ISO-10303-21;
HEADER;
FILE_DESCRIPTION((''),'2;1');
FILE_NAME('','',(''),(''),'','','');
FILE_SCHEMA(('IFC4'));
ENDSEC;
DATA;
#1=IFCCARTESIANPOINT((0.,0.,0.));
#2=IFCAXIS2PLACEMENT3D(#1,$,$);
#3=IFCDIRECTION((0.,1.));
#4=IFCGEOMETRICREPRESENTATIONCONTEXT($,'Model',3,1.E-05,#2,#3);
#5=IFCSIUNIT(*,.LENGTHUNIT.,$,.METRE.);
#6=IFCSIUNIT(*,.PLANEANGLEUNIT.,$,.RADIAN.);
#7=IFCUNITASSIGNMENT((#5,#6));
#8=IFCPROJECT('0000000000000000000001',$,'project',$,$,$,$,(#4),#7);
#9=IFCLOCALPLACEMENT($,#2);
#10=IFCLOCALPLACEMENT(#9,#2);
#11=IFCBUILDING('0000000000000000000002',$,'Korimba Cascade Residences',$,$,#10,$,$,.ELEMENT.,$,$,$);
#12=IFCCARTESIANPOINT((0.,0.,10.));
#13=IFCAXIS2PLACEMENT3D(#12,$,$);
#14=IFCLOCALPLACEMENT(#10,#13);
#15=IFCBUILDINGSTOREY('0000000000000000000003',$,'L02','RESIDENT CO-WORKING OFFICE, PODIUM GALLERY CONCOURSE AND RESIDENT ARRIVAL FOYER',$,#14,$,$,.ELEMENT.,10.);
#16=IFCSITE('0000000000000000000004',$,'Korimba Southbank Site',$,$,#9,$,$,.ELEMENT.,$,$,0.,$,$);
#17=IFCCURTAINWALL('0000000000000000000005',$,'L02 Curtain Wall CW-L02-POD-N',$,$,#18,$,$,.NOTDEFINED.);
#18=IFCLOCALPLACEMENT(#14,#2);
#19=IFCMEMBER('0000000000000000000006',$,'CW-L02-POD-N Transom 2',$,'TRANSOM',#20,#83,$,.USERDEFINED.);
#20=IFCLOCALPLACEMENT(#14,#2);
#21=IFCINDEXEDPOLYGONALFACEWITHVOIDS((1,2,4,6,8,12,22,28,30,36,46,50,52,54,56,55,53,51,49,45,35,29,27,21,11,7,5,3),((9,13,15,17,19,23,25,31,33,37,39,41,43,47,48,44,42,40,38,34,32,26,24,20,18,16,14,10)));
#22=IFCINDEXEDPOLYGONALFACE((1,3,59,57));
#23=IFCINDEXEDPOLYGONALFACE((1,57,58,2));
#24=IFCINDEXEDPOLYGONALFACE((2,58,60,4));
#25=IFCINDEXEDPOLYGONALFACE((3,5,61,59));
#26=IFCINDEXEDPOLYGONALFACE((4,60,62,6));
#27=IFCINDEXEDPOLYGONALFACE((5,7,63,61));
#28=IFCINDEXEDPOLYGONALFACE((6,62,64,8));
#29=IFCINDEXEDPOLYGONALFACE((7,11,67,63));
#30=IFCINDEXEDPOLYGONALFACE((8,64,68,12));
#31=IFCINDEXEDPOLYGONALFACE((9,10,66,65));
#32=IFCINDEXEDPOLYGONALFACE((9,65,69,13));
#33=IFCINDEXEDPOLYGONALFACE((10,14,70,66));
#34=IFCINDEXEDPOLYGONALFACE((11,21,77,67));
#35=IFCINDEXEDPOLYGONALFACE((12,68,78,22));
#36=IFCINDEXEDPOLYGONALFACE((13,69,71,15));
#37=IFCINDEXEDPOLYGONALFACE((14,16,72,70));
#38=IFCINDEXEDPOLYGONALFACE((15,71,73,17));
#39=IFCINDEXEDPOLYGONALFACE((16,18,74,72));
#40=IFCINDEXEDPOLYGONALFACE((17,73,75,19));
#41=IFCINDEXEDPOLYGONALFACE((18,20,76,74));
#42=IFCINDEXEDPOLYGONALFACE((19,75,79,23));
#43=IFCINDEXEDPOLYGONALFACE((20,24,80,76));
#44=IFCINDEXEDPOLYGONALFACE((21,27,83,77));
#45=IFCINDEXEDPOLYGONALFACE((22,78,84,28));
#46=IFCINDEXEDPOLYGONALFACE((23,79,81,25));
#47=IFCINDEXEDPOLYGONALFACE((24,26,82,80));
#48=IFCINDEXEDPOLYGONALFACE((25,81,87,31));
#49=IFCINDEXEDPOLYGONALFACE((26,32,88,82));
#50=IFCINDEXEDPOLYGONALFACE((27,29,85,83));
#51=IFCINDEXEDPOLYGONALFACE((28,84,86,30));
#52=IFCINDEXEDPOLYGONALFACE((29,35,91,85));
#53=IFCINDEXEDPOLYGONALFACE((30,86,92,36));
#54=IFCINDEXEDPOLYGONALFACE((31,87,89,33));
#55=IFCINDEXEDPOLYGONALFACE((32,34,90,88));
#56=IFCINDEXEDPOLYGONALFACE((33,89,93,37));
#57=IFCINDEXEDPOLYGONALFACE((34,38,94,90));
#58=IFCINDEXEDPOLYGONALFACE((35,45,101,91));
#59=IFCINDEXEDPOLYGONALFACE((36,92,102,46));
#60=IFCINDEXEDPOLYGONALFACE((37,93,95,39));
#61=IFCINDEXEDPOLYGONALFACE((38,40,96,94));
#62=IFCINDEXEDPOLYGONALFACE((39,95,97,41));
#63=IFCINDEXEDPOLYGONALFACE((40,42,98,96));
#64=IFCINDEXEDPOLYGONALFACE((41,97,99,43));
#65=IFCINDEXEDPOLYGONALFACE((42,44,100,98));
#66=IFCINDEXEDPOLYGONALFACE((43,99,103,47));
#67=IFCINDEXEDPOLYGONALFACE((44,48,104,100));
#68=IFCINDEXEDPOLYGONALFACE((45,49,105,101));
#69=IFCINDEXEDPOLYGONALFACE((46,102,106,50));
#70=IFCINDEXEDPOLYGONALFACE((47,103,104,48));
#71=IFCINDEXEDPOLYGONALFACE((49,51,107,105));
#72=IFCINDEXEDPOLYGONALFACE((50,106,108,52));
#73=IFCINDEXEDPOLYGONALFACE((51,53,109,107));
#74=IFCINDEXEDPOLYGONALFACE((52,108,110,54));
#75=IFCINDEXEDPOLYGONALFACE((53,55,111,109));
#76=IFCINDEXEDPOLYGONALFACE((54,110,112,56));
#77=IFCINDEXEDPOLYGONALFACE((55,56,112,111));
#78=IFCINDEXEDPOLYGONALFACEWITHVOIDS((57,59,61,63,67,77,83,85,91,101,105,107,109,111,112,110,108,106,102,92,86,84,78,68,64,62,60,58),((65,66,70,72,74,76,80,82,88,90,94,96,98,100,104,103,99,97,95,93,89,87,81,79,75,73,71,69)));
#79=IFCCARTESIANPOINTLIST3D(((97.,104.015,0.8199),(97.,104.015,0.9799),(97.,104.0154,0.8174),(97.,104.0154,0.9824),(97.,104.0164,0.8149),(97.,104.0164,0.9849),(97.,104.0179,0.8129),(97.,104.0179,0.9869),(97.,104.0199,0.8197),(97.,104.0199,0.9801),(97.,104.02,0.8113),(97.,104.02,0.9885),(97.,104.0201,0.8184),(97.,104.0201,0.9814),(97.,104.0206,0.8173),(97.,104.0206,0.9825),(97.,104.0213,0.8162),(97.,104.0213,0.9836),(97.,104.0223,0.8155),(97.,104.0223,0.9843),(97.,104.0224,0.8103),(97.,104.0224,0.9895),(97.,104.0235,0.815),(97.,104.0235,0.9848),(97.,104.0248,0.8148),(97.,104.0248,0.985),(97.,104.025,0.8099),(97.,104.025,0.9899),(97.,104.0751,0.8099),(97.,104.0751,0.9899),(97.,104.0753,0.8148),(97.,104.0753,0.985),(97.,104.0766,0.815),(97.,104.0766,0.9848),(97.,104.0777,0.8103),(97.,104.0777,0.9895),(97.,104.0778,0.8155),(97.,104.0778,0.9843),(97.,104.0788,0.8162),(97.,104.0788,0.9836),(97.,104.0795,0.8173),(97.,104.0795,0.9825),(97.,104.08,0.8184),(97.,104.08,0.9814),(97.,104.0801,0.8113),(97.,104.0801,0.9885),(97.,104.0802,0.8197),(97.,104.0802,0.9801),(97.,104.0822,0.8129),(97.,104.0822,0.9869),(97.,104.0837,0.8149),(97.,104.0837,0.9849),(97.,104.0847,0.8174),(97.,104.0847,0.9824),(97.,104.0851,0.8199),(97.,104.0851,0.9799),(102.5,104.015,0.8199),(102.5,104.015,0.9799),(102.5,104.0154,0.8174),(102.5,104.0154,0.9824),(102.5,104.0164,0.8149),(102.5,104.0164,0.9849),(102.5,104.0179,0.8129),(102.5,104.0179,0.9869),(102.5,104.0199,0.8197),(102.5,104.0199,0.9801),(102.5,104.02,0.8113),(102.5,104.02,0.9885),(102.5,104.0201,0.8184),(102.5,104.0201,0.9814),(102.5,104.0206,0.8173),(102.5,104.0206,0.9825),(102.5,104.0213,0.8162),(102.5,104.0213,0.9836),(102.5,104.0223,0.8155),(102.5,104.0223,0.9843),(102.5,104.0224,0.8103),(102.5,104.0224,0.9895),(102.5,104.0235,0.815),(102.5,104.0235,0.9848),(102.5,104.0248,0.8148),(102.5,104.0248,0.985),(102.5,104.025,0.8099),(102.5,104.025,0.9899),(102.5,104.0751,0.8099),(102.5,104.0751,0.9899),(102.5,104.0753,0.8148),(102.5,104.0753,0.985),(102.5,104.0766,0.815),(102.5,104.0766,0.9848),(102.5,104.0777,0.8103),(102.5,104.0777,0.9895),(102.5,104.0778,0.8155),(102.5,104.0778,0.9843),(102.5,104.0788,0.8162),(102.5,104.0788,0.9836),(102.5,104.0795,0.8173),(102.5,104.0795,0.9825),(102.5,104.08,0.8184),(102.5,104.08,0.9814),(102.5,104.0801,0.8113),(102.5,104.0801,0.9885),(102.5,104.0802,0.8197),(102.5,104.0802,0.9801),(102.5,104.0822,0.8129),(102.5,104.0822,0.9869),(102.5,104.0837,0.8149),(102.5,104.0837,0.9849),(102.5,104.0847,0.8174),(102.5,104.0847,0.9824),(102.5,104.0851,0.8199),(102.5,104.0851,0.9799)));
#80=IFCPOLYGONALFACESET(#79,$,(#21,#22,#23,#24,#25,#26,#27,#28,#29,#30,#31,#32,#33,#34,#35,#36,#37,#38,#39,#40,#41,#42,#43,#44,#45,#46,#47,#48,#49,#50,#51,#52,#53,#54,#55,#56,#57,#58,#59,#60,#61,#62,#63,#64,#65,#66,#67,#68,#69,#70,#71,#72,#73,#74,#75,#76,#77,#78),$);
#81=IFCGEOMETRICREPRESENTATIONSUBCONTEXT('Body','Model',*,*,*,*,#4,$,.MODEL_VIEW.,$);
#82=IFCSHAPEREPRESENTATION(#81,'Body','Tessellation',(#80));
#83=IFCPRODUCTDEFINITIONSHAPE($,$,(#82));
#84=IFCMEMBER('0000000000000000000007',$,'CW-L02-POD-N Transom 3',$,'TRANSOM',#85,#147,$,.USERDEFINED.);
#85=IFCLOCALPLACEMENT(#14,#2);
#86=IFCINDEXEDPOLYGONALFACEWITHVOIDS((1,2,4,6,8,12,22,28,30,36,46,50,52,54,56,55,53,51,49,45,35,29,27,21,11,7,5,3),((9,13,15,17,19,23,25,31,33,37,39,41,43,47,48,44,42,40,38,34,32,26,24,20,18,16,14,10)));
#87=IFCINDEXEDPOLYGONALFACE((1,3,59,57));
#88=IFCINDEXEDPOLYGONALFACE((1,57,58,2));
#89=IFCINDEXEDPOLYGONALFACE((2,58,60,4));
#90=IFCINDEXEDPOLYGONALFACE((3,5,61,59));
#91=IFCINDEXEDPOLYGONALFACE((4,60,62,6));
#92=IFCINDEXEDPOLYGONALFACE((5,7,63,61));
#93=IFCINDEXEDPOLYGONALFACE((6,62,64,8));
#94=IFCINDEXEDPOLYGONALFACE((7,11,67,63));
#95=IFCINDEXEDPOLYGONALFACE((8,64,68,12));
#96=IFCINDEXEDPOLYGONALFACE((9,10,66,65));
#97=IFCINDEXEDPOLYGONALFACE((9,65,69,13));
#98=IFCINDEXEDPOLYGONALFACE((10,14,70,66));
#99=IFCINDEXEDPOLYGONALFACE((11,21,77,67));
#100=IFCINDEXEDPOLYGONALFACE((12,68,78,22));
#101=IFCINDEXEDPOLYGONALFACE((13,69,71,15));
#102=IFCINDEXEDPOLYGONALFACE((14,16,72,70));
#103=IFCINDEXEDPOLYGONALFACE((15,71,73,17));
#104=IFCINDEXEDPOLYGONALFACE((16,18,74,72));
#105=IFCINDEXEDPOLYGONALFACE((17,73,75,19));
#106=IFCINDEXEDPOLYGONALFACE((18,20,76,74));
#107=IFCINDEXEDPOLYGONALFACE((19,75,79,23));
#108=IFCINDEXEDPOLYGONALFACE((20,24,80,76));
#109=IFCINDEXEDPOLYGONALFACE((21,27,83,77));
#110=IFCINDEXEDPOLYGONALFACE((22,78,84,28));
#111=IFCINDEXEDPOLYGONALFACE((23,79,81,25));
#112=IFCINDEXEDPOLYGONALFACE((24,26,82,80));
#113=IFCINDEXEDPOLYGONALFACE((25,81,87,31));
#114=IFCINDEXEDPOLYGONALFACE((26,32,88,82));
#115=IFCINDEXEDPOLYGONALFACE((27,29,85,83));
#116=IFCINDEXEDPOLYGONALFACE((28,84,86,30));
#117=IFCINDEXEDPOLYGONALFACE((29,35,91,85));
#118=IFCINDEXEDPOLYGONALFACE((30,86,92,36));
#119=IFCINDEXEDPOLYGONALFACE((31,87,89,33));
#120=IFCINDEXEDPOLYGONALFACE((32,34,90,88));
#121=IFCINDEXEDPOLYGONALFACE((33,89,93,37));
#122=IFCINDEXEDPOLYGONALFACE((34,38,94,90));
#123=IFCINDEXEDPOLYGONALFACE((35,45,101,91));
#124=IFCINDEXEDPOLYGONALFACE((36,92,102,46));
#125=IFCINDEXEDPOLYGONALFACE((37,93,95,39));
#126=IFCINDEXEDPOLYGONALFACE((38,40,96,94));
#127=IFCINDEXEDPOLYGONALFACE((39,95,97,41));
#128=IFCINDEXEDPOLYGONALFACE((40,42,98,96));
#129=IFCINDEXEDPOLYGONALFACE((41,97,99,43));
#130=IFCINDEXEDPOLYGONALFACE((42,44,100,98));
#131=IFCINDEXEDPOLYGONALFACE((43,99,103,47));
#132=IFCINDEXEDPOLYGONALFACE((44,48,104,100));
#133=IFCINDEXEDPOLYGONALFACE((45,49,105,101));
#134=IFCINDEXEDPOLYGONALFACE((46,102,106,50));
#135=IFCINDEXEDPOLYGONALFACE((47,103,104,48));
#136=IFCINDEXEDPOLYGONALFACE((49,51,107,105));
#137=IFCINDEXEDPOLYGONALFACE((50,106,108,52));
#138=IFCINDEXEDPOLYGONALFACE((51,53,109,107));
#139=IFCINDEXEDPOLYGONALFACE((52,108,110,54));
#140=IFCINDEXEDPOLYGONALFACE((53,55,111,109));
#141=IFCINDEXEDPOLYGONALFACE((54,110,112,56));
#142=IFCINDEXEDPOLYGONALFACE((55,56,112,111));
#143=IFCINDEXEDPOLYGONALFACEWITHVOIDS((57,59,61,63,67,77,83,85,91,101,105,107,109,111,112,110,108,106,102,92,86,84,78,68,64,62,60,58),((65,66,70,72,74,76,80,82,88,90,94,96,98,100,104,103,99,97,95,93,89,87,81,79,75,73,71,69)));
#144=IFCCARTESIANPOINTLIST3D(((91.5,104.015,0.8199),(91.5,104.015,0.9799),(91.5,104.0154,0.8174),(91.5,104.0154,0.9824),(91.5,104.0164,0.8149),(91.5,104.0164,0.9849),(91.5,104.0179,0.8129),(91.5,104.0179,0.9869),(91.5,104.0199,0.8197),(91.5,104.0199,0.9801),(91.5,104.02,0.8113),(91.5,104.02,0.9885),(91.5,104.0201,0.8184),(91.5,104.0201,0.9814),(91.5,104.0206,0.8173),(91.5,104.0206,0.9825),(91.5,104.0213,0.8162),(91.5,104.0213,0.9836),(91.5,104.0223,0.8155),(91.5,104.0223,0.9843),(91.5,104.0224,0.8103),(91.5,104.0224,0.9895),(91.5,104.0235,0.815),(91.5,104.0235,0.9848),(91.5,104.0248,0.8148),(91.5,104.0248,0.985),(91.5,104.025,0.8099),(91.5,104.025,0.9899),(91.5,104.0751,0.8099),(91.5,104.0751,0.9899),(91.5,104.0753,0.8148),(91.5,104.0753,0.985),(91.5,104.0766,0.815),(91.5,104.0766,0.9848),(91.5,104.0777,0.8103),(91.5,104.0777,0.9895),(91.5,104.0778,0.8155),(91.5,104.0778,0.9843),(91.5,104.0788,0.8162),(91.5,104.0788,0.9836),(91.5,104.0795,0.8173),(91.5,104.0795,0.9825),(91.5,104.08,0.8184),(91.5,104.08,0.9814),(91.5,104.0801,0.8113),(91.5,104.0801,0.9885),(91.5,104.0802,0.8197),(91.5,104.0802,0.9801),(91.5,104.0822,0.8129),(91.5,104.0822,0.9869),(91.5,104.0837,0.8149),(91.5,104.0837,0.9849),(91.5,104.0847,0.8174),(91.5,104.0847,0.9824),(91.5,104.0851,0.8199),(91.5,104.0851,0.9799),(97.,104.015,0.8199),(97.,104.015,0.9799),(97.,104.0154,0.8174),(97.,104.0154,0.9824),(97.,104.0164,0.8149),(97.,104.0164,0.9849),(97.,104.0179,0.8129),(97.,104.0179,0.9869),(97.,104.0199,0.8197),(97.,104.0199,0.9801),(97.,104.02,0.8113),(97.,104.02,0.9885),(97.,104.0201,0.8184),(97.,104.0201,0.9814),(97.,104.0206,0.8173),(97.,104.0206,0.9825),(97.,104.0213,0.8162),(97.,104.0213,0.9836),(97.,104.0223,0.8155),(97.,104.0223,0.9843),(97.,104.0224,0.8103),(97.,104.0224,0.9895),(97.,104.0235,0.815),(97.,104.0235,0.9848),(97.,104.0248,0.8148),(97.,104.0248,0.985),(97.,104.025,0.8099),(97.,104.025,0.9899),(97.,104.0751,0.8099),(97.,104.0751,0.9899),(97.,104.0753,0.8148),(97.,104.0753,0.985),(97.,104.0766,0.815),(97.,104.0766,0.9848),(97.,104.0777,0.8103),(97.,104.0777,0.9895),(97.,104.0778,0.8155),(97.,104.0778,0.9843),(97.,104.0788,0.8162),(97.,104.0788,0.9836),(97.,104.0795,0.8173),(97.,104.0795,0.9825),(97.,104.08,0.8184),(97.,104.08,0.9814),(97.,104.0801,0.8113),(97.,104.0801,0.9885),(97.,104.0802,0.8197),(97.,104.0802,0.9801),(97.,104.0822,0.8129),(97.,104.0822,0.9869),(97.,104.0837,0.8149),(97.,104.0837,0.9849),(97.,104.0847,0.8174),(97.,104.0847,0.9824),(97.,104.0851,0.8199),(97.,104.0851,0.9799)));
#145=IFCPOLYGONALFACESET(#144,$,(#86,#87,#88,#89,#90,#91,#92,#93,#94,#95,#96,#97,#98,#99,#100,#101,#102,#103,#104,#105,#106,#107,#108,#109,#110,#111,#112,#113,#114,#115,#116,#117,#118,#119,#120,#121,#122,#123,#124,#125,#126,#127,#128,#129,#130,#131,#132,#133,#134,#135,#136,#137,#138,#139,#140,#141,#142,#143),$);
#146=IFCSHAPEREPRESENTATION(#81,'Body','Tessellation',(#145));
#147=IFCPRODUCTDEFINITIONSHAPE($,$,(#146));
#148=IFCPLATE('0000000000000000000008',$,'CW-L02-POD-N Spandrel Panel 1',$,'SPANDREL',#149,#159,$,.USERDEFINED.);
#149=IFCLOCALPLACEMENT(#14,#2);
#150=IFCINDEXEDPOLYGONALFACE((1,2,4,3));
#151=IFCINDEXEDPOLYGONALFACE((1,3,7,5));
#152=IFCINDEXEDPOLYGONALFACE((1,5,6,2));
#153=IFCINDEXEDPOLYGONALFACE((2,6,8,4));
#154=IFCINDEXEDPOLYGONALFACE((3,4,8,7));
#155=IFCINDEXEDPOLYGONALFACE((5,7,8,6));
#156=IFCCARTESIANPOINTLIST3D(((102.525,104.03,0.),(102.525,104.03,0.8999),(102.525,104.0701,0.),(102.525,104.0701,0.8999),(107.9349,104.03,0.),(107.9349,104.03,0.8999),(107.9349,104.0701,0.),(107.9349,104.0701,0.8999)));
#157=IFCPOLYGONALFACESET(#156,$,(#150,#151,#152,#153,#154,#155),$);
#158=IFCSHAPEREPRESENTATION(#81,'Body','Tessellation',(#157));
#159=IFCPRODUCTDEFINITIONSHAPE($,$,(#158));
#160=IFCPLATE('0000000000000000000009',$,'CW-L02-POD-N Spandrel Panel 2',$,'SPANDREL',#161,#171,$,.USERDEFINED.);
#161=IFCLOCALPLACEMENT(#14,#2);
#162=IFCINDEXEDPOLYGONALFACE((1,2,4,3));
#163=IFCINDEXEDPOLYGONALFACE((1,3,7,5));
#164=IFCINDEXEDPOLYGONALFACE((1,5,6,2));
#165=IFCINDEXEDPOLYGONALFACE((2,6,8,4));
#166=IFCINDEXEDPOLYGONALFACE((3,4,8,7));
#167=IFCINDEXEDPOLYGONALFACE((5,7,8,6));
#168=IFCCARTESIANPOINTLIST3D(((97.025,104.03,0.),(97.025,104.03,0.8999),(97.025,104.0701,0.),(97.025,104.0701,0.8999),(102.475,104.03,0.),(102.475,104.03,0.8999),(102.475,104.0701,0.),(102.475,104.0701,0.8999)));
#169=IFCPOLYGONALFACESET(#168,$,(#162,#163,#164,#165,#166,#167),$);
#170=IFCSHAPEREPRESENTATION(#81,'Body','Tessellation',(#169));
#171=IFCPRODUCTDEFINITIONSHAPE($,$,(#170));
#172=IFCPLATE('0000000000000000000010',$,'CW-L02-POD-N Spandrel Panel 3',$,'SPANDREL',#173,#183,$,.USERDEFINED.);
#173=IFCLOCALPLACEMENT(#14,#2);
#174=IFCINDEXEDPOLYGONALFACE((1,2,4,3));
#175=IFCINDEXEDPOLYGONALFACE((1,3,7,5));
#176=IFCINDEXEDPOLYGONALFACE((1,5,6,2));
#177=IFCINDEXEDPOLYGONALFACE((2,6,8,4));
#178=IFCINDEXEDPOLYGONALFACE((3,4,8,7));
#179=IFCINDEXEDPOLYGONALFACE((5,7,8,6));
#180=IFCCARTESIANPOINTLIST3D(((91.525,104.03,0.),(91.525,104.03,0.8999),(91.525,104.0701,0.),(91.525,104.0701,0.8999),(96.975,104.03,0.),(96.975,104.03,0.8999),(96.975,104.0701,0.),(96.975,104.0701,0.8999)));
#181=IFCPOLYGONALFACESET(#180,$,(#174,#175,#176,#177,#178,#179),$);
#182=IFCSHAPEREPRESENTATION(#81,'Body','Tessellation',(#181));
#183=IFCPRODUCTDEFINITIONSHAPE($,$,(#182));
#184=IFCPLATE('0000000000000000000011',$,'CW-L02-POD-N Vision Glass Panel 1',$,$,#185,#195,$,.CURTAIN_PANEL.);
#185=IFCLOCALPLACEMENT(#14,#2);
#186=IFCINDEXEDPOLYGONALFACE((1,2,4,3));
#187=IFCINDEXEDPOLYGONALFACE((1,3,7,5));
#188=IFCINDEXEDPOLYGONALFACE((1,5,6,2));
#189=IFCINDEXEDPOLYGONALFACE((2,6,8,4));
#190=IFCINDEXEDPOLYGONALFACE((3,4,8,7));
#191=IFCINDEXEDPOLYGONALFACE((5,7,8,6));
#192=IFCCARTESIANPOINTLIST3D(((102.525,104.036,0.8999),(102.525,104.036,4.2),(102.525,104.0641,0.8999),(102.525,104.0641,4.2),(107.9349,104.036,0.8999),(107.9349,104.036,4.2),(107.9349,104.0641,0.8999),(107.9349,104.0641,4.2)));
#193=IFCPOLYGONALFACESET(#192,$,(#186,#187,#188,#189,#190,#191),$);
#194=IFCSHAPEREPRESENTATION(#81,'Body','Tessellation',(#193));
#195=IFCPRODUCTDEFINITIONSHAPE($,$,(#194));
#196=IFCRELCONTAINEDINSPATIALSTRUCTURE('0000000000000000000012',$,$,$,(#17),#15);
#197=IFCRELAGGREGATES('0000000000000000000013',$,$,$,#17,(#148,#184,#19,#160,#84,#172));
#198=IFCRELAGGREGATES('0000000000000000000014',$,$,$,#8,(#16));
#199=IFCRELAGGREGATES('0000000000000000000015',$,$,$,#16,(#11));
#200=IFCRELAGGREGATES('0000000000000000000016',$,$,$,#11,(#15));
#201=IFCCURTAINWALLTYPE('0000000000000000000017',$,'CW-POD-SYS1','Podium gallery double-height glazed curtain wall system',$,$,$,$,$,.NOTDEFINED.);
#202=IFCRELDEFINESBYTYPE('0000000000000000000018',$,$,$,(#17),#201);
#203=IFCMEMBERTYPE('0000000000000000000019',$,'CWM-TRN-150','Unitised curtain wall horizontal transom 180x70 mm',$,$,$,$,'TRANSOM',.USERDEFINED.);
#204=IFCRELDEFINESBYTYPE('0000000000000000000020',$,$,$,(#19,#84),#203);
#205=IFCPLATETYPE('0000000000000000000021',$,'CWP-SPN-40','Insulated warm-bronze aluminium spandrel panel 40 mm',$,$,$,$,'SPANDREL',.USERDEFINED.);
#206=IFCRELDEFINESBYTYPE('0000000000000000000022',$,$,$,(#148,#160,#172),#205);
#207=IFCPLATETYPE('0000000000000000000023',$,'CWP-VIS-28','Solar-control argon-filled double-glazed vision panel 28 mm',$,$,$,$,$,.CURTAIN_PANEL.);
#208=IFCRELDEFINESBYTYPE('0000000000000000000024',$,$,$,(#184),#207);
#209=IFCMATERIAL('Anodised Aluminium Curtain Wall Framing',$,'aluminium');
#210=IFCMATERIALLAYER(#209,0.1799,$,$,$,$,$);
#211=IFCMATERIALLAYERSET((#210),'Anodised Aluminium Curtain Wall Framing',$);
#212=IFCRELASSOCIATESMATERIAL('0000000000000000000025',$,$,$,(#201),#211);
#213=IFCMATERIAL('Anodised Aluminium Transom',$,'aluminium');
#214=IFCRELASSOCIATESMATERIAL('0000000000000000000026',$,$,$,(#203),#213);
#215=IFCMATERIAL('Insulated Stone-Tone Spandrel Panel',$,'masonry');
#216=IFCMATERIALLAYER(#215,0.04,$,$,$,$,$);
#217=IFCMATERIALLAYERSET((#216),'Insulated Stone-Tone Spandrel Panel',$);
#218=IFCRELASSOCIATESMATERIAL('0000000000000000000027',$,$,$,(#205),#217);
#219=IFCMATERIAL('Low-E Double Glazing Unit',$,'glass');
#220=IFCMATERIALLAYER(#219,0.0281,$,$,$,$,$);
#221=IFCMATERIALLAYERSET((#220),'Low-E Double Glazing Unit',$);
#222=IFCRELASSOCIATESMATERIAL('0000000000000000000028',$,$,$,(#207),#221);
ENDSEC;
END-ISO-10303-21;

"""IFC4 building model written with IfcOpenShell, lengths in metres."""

from ifc_helpers import new_model, si_unit, direction, frame, origin, origin_2d, place, context, subcontext, project, spatial, rectangle, hollow_rectangle, extrude, material, layer, layer_set, material_profile, profile_set, type_object, element, aggregate, save


model = new_model("IFC4")

# Units and contexts
model_context = context("Model", 3, precision=1e-05, world=origin(), true_north=direction((0.0, 1.0)))
body_context = subcontext(model_context, "Body", "Model", "MODEL_VIEW")
ifc_project = project(units=[si_unit("LENGTHUNIT", "METRE"), si_unit("PLANEANGLEUNIT", "RADIAN")], contexts=[model_context])

# Site, building, storey
site_placement = place(None, origin())
site = spatial("IfcSite", under=ifc_project, at=site_placement, Name="Korimba Southbank Site", CompositionType="ELEMENT", RefElevation=0.0)
building_placement = place(site_placement, origin())
building = spatial("IfcBuilding", under=site, at=building_placement, Name="Korimba Cascade Residences", CompositionType="ELEMENT")
storey_placement = place(building_placement, frame((0.0, 0.0, 10.0)))
storey = spatial("IfcBuildingStorey", under=building, at=storey_placement, Name="L02", Description="RESIDENT CO-WORKING OFFICE, PODIUM GALLERY CONCOURSE AND RESIDENT ARRIVAL FOYER", CompositionType="ELEMENT", Elevation=10.0)

# Curtain wall, members, plates
ifc_material_1 = material(Name="Anodised Aluminium Curtain Wall Framing", Category="aluminium")
ifc_layer_1 = layer(ifc_material_1, 0.1799)
ifc_layer_set_1 = layer_set([ifc_layer_1], Name="Anodised Aluminium Curtain Wall Framing")
curtain_wall_type = type_object("IfcCurtainWallType", Name="CW-POD-SYS1", Description="Podium gallery double-height glazed curtain wall system", PredefinedType="NOTDEFINED", material=ifc_layer_set_1)
curtain_wall_placement = place(storey_placement, origin())
curtain_wall = element("IfcCurtainWall", 1, at=curtain_wall_placement, inside=storey, type_object=curtain_wall_type, Name="L02 Curtain Wall CW-L02-POD-N", PredefinedType="NOTDEFINED")
ifc_material_2 = material(Name="Anodised Aluminium Transom", Category="aluminium")
ifc_material_profile_1 = material_profile(ifc_material_2, hollow_rectangle(XDim=0.0701, YDim=0.1799, WallThickness=0.0049, InnerFilletRadius=0.0049, OuterFilletRadius=0.01, at=origin_2d()), Name="Anodised Aluminium Transom")
ifc_profile_set_1 = profile_set([ifc_material_profile_1], Name="Anodised Aluminium Transom")
member_type_1 = type_object("IfcMemberType", Name="CWM-TRN-150", Description="Unitised curtain wall horizontal transom 180x70 mm", ElementType="TRANSOM", PredefinedType="USERDEFINED", material=ifc_profile_set_1)
member_1_placement = place(storey_placement, frame((102.5, 104.05, 0.8999), z_axis=(-1.0, 0.0, 0.0), x_axis=(0.0, -1.0, 0.0)))
member_1 = element("IfcMember", 2, at=member_1_placement, type_object=member_type_1, Name="CW-L02-POD-N Transom 2", ObjectType="TRANSOM", PredefinedType="USERDEFINED", context=body_context, shape_type="SweptSolid", body=[
    extrude(hollow_rectangle(XDim=0.0701, YDim=0.1799, WallThickness=0.0049, InnerFilletRadius=0.0049, OuterFilletRadius=0.01, at=origin_2d()), origin(), (0.0, 0.0, 1.0), 5.5),
])
member_2_placement = place(storey_placement, frame((97.0, 104.05, 0.8999), z_axis=(-1.0, 0.0, 0.0), x_axis=(0.0, -1.0, 0.0)))
member_2 = element("IfcMember", 3, at=member_2_placement, type_object=member_type_1, Name="CW-L02-POD-N Transom 3", ObjectType="TRANSOM", PredefinedType="USERDEFINED", context=body_context, shape_type="SweptSolid", body=[
    extrude(hollow_rectangle(XDim=0.0701, YDim=0.1799, WallThickness=0.0049, InnerFilletRadius=0.0049, OuterFilletRadius=0.01, at=origin_2d()), origin(), (0.0, 0.0, 1.0), 5.5),
])
ifc_material_3 = material(Name="Insulated Stone-Tone Spandrel Panel", Category="masonry")
ifc_layer_2 = layer(ifc_material_3, 0.04)
ifc_layer_set_2 = layer_set([ifc_layer_2], Name="Insulated Stone-Tone Spandrel Panel")
plate_type_1 = type_object("IfcPlateType", Name="CWP-SPN-40", Description="Insulated warm-bronze aluminium spandrel panel 40 mm", ElementType="SPANDREL", PredefinedType="USERDEFINED", material=ifc_layer_set_2)
plate_1_placement = place(storey_placement, frame((105.23, 104.05, 0.0), z_axis=(0.0, 0.0, 1.0), x_axis=(-1.0, 0.0, 0.0)))
plate_1 = element("IfcPlate", 4, at=plate_1_placement, type_object=plate_type_1, Name="CW-L02-POD-N Spandrel Panel 1", ObjectType="SPANDREL", PredefinedType="USERDEFINED", context=body_context, shape_type="SweptSolid", body=[
    extrude(rectangle(XDim=5.4099, YDim=0.04, at=origin_2d()), origin(), (0.0, 0.0, 1.0), 0.8999),
])
plate_2_placement = place(storey_placement, frame((99.75, 104.05, 0.0), z_axis=(0.0, 0.0, 1.0), x_axis=(-1.0, 0.0, 0.0)))
plate_2 = element("IfcPlate", 5, at=plate_2_placement, type_object=plate_type_1, Name="CW-L02-POD-N Spandrel Panel 2", ObjectType="SPANDREL", PredefinedType="USERDEFINED", context=body_context, shape_type="SweptSolid", body=[
    extrude(rectangle(XDim=5.45, YDim=0.04, at=origin_2d()), origin(), (0.0, 0.0, 1.0), 0.8999),
])
plate_3_placement = place(storey_placement, frame((94.25, 104.05, 0.0), z_axis=(0.0, 0.0, 1.0), x_axis=(-1.0, 0.0, 0.0)))
plate_3 = element("IfcPlate", 6, at=plate_3_placement, type_object=plate_type_1, Name="CW-L02-POD-N Spandrel Panel 3", ObjectType="SPANDREL", PredefinedType="USERDEFINED", context=body_context, shape_type="SweptSolid", body=[
    extrude(rectangle(XDim=5.45, YDim=0.04, at=origin_2d()), origin(), (0.0, 0.0, 1.0), 0.8999),
])
ifc_material_4 = material(Name="Low-E Double Glazing Unit", Category="glass")
ifc_layer_3 = layer(ifc_material_4, 0.0281)
ifc_layer_set_3 = layer_set([ifc_layer_3], Name="Low-E Double Glazing Unit")
plate_type_2 = type_object("IfcPlateType", Name="CWP-VIS-28", Description="Solar-control argon-filled double-glazed vision panel 28 mm", PredefinedType="CURTAIN_PANEL", material=ifc_layer_set_3)
plate_4_placement = place(storey_placement, frame((105.23, 104.05, 0.8999), z_axis=(0.0, 0.0, 1.0), x_axis=(-1.0, 0.0, 0.0)))
plate_4 = element("IfcPlate", 7, at=plate_4_placement, type_object=plate_type_2, Name="CW-L02-POD-N Vision Glass Panel 1", PredefinedType="CURTAIN_PANEL", context=body_context, shape_type="SweptSolid", body=[
    extrude(rectangle(XDim=5.4099, YDim=0.0281, at=origin_2d()), origin(), (0.0, 0.0, 1.0), 3.3),
])
aggregate(curtain_wall, [plate_1, plate_4, member_1, plate_2, member_2, plate_3])

save(model, "model.ifc")
